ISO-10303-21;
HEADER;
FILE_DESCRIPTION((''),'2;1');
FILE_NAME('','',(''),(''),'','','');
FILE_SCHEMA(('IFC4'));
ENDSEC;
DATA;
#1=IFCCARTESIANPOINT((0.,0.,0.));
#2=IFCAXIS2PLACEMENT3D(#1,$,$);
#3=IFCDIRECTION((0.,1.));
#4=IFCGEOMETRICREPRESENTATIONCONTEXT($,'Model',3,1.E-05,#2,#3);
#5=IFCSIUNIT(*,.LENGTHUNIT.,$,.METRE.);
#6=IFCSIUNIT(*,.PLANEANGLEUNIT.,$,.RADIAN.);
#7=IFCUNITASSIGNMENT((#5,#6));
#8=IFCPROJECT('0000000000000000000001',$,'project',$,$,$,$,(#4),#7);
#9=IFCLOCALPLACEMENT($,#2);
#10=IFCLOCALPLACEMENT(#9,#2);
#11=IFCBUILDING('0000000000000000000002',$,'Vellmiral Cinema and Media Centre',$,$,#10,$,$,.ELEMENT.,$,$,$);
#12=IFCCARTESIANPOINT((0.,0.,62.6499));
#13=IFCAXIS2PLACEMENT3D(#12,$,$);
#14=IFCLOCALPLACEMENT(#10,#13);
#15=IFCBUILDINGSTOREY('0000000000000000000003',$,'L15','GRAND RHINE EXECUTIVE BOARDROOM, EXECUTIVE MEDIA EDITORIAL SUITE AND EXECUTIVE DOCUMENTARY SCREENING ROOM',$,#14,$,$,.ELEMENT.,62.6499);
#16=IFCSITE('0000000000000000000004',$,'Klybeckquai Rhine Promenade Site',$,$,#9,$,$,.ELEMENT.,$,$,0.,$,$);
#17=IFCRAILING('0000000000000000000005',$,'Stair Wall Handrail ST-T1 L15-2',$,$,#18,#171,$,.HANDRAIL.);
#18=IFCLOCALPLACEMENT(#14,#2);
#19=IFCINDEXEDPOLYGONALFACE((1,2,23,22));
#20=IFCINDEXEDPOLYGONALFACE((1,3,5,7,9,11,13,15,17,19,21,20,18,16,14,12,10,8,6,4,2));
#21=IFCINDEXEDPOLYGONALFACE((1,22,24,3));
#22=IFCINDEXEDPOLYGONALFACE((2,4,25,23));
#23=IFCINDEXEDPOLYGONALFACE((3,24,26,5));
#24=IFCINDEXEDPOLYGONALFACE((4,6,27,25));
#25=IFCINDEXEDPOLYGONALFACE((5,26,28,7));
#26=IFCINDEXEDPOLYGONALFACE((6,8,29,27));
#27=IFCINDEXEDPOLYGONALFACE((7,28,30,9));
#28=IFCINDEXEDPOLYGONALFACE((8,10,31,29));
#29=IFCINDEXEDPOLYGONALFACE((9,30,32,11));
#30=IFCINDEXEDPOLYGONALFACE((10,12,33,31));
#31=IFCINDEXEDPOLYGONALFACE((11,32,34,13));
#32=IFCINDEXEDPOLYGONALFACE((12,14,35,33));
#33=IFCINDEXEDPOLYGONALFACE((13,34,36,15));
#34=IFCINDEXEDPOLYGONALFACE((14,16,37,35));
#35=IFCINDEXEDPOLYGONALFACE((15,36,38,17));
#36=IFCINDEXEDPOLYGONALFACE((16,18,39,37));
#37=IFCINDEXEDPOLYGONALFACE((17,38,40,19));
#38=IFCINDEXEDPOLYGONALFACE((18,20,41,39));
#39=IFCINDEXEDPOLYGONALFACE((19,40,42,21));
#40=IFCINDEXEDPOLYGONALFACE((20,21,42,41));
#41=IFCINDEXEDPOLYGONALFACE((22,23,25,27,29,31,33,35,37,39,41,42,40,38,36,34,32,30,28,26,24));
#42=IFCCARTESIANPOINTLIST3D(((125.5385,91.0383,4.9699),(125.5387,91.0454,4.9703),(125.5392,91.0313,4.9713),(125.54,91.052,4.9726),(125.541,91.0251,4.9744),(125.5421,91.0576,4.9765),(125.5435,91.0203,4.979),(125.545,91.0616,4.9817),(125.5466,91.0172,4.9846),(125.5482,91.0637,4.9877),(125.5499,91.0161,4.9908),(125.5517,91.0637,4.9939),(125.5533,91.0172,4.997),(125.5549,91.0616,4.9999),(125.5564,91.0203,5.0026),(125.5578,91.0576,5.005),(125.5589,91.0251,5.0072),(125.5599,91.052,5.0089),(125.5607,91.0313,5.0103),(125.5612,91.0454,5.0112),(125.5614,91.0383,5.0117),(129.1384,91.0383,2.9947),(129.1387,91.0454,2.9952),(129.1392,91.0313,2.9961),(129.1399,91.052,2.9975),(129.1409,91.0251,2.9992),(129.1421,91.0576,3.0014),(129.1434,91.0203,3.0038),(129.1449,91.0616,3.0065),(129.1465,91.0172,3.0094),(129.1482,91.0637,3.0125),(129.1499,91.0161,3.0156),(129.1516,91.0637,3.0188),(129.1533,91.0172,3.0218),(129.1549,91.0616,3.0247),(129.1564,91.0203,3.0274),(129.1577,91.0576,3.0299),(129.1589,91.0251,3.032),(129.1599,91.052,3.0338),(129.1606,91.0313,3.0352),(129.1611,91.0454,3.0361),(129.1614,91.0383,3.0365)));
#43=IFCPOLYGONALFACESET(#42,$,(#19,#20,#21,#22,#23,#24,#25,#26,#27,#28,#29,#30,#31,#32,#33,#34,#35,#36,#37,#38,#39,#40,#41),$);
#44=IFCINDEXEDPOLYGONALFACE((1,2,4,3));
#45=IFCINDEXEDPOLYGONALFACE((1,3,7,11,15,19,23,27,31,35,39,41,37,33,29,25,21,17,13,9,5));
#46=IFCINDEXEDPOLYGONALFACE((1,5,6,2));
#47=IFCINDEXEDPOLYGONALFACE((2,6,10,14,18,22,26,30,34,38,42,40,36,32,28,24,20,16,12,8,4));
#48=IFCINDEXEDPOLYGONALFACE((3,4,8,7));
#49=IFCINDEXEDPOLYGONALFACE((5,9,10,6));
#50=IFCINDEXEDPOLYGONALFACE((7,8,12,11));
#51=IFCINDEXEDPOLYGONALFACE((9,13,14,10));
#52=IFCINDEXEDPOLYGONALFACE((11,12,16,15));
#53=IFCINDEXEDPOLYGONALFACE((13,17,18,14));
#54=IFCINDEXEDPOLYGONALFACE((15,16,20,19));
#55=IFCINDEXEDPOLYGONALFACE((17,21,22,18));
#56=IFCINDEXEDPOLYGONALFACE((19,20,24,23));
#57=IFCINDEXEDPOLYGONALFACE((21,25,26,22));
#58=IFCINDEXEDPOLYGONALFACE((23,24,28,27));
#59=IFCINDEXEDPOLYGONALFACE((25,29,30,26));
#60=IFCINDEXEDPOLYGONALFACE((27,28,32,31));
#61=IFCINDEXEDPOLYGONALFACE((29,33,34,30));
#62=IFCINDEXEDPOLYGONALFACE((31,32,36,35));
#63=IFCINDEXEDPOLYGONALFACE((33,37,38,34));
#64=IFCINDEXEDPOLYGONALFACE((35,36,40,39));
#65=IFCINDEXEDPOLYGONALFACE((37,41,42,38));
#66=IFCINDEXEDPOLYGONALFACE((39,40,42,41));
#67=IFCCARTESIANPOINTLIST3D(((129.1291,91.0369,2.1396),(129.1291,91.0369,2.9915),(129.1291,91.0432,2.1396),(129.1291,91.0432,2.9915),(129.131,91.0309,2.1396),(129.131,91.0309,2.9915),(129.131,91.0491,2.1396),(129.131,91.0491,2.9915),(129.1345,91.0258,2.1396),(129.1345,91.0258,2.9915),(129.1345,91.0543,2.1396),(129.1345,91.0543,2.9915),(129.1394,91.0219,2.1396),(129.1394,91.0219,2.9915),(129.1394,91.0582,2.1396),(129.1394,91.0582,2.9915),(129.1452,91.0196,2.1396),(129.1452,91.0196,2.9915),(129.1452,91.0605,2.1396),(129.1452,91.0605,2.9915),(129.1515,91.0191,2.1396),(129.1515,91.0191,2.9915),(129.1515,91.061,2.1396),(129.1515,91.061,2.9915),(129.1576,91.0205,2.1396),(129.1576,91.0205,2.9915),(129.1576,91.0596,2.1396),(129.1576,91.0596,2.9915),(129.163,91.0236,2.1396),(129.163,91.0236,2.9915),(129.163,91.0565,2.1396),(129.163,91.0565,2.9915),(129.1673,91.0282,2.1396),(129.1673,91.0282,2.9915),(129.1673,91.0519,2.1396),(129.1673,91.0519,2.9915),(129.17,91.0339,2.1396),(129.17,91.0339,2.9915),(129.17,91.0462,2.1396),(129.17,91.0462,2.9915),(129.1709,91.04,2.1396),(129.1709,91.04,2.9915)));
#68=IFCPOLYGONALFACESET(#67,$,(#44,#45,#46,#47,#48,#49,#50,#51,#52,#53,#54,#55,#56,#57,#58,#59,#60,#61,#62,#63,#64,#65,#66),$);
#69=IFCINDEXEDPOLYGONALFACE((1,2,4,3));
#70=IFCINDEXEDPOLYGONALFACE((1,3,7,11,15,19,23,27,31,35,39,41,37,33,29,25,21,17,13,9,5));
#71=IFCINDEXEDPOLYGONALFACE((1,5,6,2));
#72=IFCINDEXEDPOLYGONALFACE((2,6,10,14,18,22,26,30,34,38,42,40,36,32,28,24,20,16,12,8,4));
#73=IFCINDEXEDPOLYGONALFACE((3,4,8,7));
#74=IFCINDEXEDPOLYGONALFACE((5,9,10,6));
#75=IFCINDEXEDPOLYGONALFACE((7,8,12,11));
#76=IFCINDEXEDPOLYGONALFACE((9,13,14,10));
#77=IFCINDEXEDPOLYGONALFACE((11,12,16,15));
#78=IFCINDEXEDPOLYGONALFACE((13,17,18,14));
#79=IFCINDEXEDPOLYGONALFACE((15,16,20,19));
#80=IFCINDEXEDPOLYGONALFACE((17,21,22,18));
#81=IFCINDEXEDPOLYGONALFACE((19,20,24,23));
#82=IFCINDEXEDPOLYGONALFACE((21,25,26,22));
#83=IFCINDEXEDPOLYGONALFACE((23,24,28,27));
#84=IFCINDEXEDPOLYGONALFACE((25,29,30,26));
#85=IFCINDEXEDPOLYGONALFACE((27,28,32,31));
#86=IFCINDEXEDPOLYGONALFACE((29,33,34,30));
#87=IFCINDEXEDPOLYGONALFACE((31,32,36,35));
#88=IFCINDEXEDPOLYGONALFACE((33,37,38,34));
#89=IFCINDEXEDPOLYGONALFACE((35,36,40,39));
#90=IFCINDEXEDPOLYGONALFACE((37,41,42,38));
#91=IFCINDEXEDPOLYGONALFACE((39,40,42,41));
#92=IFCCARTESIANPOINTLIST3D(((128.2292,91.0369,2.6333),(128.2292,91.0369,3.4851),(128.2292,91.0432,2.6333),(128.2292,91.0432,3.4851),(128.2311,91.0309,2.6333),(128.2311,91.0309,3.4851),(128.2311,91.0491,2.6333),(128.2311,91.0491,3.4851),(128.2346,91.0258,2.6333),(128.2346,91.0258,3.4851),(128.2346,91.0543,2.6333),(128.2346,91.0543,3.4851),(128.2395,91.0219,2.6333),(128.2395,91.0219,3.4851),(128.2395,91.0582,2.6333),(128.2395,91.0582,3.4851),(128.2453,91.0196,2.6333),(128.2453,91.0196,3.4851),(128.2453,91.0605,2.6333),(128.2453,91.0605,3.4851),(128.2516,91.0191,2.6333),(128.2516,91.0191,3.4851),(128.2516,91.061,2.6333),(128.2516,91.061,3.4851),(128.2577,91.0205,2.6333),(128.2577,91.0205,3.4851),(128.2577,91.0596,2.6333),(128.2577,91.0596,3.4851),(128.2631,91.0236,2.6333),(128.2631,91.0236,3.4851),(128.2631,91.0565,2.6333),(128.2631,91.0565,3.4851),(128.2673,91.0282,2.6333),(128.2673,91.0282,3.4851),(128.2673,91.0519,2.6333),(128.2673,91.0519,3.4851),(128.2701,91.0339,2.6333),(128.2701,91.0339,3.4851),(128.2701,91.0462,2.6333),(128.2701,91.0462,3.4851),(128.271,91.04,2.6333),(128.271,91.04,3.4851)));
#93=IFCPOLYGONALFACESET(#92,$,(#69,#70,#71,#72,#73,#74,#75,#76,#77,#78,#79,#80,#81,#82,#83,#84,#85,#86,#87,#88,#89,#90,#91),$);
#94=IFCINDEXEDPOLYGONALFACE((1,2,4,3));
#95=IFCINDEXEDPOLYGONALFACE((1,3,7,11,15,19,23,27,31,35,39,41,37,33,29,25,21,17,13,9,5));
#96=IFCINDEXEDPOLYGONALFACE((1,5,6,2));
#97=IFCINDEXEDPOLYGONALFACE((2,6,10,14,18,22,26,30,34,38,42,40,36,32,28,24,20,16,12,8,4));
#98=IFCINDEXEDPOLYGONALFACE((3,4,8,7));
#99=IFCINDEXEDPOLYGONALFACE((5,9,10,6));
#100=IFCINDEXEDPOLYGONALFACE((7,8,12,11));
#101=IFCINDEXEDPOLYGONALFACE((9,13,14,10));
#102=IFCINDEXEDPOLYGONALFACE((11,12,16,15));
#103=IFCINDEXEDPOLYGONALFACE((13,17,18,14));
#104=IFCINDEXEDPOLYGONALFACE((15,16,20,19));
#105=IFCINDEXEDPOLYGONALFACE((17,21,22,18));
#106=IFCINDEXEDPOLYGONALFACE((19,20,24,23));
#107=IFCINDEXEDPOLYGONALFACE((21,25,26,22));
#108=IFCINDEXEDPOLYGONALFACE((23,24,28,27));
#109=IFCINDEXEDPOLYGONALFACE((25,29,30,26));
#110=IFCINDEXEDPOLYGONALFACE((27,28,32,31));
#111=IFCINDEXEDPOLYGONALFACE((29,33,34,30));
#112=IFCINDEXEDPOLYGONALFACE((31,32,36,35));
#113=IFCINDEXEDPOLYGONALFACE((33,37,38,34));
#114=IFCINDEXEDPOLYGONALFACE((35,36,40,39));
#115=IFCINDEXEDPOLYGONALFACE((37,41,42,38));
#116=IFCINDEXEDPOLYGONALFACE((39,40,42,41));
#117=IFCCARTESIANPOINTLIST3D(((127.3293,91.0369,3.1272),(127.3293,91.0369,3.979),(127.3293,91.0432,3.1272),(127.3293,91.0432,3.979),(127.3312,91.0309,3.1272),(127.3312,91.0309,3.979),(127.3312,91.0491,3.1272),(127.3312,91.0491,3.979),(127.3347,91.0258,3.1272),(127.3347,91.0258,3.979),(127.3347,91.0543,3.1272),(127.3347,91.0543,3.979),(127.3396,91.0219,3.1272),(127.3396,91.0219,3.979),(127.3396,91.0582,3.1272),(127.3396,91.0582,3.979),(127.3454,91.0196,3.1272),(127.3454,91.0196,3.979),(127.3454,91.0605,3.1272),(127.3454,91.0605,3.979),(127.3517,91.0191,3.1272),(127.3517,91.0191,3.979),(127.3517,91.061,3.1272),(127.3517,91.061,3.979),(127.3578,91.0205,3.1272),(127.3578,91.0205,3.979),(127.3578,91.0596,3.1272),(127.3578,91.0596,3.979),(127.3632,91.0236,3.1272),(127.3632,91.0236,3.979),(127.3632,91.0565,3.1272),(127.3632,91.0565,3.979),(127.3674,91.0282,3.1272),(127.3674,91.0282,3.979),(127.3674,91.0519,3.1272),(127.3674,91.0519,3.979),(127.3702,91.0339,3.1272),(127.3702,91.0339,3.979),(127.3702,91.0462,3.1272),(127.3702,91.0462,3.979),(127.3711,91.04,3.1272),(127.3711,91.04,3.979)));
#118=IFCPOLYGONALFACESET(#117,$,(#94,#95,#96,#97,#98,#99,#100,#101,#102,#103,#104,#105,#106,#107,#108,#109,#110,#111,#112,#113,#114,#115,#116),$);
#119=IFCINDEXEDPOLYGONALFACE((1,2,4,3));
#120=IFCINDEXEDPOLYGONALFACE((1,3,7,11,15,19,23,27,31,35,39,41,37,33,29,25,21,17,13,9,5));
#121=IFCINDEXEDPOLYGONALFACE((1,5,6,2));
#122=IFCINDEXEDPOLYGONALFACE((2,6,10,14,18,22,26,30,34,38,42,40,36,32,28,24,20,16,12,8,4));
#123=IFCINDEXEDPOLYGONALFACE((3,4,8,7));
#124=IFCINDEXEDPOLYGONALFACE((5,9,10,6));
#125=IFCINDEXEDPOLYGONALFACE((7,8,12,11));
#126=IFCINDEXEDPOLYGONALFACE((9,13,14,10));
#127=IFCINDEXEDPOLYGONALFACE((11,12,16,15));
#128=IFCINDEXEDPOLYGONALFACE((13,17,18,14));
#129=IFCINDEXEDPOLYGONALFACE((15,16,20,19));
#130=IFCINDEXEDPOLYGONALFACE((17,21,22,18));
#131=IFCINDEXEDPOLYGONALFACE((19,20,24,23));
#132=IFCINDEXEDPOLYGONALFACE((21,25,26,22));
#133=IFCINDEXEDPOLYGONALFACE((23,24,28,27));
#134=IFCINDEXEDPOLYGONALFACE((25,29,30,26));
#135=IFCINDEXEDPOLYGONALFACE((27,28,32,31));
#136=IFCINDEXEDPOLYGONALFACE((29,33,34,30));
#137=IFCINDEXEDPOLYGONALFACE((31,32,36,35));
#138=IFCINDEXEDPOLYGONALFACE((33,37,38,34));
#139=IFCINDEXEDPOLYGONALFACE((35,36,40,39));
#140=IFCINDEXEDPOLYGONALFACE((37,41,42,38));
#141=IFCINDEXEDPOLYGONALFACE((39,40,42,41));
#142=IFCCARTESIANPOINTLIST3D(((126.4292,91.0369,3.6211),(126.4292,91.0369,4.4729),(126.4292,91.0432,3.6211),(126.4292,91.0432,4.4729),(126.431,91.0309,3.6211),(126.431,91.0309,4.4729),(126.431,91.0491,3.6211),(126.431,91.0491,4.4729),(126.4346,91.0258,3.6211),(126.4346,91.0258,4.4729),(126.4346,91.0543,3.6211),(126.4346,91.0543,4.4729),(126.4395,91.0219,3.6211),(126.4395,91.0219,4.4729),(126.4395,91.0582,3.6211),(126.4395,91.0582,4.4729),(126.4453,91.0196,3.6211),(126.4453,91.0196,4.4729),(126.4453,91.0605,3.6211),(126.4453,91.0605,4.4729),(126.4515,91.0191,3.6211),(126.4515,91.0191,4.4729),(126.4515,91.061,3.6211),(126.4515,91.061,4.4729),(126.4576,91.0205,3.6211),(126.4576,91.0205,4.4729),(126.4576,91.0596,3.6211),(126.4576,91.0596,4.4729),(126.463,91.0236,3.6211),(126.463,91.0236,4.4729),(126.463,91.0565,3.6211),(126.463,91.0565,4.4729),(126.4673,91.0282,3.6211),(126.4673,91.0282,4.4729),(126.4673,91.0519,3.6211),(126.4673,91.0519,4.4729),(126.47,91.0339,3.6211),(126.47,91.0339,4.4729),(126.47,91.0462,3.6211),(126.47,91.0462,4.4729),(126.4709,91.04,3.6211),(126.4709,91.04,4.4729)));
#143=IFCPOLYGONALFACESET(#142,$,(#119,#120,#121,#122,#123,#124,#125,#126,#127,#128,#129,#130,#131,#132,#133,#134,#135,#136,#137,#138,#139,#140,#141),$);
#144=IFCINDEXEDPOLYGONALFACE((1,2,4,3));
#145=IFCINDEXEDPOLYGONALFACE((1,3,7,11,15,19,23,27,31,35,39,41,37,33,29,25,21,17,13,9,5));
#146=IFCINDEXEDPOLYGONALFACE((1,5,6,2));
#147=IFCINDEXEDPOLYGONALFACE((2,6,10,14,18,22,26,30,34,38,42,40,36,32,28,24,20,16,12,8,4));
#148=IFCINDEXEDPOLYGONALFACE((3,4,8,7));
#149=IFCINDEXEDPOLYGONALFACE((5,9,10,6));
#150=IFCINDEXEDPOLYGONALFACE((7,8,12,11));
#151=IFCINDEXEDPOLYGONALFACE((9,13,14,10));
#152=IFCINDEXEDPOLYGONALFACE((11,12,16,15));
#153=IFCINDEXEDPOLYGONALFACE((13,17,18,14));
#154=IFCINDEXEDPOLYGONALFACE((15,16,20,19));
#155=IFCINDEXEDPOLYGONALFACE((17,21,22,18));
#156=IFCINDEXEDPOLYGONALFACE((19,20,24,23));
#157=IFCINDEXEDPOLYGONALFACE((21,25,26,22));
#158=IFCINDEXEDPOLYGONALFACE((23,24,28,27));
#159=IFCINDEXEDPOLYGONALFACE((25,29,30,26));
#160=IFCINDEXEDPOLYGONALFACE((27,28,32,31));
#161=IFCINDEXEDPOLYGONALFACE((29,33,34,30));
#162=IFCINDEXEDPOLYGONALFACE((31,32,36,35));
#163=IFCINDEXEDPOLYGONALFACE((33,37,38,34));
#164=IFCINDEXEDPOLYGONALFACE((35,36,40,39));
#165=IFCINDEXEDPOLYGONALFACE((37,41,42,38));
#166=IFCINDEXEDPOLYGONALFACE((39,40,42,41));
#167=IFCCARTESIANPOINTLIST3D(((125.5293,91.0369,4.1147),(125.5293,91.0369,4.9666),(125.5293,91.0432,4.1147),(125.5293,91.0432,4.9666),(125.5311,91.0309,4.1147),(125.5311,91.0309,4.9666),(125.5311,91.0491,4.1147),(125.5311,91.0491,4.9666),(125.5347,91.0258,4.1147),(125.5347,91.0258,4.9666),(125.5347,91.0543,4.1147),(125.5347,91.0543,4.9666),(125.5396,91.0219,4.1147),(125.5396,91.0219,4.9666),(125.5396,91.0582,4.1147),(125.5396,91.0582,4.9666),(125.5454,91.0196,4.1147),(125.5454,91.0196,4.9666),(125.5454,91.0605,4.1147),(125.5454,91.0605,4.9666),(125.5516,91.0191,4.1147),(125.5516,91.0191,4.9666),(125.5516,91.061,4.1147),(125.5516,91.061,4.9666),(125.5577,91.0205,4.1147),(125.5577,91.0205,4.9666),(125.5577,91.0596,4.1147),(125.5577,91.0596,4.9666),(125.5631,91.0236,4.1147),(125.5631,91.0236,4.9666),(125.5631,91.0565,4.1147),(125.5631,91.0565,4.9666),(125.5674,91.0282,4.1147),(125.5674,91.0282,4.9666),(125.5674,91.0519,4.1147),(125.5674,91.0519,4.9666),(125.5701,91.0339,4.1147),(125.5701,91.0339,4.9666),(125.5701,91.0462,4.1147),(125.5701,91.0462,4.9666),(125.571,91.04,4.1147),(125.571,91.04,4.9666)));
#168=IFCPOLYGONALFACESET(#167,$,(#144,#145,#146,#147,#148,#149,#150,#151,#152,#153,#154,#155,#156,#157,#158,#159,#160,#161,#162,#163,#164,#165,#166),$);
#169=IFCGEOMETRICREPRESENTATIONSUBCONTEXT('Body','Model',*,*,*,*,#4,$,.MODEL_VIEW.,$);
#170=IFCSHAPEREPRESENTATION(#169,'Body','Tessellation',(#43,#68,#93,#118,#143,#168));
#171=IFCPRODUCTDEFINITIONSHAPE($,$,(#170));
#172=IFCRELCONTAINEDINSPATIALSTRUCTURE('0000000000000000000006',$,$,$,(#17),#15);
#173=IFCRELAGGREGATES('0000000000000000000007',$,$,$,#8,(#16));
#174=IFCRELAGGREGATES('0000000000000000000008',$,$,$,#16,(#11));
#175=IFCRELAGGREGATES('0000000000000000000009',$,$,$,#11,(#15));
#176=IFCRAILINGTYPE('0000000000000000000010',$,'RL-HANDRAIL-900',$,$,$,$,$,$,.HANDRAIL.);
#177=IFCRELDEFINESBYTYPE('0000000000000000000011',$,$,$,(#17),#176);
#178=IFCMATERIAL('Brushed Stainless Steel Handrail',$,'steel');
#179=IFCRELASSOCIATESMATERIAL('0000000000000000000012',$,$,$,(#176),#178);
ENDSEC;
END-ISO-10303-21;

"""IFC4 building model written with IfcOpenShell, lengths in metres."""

from ifc_helpers import new_model, si_unit, direction, frame, origin, origin_2d, place, context, subcontext, project, spatial, circle, extrude, material, type_object, element, save


model = new_model("IFC4")

# Units and contexts
model_context = context("Model", 3, precision=1e-05, world=origin(), true_north=direction((0.0, 1.0)))
body_context = subcontext(model_context, "Body", "Model", "MODEL_VIEW")
ifc_project = project(units=[si_unit("LENGTHUNIT", "METRE"), si_unit("PLANEANGLEUNIT", "RADIAN")], contexts=[model_context])

# Site, building, storey
site_placement = place(None, origin())
site = spatial("IfcSite", under=ifc_project, at=site_placement, Name="Klybeckquai Rhine Promenade Site", CompositionType="ELEMENT", RefElevation=0.0)
building_placement = place(site_placement, origin())
building = spatial("IfcBuilding", under=site, at=building_placement, Name="Vellmiral Cinema and Media Centre", CompositionType="ELEMENT")
storey_placement = place(building_placement, frame((0.0, 0.0, 62.6499)))
storey = spatial("IfcBuildingStorey", under=building, at=storey_placement, Name="L15", Description="GRAND RHINE EXECUTIVE BOARDROOM, EXECUTIVE MEDIA EDITORIAL SUITE AND EXECUTIVE DOCUMENTARY SCREENING ROOM", CompositionType="ELEMENT", Elevation=62.6499)

# Railing
ifc_material_1 = material(Name="Brushed Stainless Steel Handrail", Category="steel")
railing_type_1 = type_object("IfcRailingType", Name="RL-HANDRAIL-900", PredefinedType="HANDRAIL", material=ifc_material_1)
railing_1_placement = place(storey_placement, frame((129.1499, 91.04, 2.1396)))
element("IfcRailing", 1, at=railing_1_placement, inside=storey, type_object=railing_type_1, Name="Stair Wall Handrail ST-T1 L15-2", PredefinedType="HANDRAIL", context=body_context, shape_type="SweptSolid", body=[
    extrude(circle(Radius=0.0239, at=origin_2d()), frame((0.0, 0.0, 0.876), z_axis=(-0.876711, 0.0, 0.481017), x_axis=(0.0, -1.0, 0.0)), (0.0, 0.0, 1.0), 4.1062),
    extrude(circle(Radius=0.021, at=origin_2d()), origin(), (0.0, 0.0, 1.0), 0.8518),
    extrude(circle(Radius=0.021, at=origin_2d()), frame((-0.8999, 0.0, 0.4937)), (0.0, 0.0, 1.0), 0.8518),
    extrude(circle(Radius=0.021, at=origin_2d()), frame((-1.7998, 0.0, 0.9875)), (0.0, 0.0, 1.0), 0.8518),
    extrude(circle(Radius=0.021, at=origin_2d()), frame((-2.7, 0.0, 1.4814)), (0.0, 0.0, 1.0), 0.8518),
    extrude(circle(Radius=0.021, at=origin_2d()), frame((-3.5999, 0.0, 1.9751)), (0.0, 0.0, 1.0), 0.8518),
])

save(model, "model.ifc")
